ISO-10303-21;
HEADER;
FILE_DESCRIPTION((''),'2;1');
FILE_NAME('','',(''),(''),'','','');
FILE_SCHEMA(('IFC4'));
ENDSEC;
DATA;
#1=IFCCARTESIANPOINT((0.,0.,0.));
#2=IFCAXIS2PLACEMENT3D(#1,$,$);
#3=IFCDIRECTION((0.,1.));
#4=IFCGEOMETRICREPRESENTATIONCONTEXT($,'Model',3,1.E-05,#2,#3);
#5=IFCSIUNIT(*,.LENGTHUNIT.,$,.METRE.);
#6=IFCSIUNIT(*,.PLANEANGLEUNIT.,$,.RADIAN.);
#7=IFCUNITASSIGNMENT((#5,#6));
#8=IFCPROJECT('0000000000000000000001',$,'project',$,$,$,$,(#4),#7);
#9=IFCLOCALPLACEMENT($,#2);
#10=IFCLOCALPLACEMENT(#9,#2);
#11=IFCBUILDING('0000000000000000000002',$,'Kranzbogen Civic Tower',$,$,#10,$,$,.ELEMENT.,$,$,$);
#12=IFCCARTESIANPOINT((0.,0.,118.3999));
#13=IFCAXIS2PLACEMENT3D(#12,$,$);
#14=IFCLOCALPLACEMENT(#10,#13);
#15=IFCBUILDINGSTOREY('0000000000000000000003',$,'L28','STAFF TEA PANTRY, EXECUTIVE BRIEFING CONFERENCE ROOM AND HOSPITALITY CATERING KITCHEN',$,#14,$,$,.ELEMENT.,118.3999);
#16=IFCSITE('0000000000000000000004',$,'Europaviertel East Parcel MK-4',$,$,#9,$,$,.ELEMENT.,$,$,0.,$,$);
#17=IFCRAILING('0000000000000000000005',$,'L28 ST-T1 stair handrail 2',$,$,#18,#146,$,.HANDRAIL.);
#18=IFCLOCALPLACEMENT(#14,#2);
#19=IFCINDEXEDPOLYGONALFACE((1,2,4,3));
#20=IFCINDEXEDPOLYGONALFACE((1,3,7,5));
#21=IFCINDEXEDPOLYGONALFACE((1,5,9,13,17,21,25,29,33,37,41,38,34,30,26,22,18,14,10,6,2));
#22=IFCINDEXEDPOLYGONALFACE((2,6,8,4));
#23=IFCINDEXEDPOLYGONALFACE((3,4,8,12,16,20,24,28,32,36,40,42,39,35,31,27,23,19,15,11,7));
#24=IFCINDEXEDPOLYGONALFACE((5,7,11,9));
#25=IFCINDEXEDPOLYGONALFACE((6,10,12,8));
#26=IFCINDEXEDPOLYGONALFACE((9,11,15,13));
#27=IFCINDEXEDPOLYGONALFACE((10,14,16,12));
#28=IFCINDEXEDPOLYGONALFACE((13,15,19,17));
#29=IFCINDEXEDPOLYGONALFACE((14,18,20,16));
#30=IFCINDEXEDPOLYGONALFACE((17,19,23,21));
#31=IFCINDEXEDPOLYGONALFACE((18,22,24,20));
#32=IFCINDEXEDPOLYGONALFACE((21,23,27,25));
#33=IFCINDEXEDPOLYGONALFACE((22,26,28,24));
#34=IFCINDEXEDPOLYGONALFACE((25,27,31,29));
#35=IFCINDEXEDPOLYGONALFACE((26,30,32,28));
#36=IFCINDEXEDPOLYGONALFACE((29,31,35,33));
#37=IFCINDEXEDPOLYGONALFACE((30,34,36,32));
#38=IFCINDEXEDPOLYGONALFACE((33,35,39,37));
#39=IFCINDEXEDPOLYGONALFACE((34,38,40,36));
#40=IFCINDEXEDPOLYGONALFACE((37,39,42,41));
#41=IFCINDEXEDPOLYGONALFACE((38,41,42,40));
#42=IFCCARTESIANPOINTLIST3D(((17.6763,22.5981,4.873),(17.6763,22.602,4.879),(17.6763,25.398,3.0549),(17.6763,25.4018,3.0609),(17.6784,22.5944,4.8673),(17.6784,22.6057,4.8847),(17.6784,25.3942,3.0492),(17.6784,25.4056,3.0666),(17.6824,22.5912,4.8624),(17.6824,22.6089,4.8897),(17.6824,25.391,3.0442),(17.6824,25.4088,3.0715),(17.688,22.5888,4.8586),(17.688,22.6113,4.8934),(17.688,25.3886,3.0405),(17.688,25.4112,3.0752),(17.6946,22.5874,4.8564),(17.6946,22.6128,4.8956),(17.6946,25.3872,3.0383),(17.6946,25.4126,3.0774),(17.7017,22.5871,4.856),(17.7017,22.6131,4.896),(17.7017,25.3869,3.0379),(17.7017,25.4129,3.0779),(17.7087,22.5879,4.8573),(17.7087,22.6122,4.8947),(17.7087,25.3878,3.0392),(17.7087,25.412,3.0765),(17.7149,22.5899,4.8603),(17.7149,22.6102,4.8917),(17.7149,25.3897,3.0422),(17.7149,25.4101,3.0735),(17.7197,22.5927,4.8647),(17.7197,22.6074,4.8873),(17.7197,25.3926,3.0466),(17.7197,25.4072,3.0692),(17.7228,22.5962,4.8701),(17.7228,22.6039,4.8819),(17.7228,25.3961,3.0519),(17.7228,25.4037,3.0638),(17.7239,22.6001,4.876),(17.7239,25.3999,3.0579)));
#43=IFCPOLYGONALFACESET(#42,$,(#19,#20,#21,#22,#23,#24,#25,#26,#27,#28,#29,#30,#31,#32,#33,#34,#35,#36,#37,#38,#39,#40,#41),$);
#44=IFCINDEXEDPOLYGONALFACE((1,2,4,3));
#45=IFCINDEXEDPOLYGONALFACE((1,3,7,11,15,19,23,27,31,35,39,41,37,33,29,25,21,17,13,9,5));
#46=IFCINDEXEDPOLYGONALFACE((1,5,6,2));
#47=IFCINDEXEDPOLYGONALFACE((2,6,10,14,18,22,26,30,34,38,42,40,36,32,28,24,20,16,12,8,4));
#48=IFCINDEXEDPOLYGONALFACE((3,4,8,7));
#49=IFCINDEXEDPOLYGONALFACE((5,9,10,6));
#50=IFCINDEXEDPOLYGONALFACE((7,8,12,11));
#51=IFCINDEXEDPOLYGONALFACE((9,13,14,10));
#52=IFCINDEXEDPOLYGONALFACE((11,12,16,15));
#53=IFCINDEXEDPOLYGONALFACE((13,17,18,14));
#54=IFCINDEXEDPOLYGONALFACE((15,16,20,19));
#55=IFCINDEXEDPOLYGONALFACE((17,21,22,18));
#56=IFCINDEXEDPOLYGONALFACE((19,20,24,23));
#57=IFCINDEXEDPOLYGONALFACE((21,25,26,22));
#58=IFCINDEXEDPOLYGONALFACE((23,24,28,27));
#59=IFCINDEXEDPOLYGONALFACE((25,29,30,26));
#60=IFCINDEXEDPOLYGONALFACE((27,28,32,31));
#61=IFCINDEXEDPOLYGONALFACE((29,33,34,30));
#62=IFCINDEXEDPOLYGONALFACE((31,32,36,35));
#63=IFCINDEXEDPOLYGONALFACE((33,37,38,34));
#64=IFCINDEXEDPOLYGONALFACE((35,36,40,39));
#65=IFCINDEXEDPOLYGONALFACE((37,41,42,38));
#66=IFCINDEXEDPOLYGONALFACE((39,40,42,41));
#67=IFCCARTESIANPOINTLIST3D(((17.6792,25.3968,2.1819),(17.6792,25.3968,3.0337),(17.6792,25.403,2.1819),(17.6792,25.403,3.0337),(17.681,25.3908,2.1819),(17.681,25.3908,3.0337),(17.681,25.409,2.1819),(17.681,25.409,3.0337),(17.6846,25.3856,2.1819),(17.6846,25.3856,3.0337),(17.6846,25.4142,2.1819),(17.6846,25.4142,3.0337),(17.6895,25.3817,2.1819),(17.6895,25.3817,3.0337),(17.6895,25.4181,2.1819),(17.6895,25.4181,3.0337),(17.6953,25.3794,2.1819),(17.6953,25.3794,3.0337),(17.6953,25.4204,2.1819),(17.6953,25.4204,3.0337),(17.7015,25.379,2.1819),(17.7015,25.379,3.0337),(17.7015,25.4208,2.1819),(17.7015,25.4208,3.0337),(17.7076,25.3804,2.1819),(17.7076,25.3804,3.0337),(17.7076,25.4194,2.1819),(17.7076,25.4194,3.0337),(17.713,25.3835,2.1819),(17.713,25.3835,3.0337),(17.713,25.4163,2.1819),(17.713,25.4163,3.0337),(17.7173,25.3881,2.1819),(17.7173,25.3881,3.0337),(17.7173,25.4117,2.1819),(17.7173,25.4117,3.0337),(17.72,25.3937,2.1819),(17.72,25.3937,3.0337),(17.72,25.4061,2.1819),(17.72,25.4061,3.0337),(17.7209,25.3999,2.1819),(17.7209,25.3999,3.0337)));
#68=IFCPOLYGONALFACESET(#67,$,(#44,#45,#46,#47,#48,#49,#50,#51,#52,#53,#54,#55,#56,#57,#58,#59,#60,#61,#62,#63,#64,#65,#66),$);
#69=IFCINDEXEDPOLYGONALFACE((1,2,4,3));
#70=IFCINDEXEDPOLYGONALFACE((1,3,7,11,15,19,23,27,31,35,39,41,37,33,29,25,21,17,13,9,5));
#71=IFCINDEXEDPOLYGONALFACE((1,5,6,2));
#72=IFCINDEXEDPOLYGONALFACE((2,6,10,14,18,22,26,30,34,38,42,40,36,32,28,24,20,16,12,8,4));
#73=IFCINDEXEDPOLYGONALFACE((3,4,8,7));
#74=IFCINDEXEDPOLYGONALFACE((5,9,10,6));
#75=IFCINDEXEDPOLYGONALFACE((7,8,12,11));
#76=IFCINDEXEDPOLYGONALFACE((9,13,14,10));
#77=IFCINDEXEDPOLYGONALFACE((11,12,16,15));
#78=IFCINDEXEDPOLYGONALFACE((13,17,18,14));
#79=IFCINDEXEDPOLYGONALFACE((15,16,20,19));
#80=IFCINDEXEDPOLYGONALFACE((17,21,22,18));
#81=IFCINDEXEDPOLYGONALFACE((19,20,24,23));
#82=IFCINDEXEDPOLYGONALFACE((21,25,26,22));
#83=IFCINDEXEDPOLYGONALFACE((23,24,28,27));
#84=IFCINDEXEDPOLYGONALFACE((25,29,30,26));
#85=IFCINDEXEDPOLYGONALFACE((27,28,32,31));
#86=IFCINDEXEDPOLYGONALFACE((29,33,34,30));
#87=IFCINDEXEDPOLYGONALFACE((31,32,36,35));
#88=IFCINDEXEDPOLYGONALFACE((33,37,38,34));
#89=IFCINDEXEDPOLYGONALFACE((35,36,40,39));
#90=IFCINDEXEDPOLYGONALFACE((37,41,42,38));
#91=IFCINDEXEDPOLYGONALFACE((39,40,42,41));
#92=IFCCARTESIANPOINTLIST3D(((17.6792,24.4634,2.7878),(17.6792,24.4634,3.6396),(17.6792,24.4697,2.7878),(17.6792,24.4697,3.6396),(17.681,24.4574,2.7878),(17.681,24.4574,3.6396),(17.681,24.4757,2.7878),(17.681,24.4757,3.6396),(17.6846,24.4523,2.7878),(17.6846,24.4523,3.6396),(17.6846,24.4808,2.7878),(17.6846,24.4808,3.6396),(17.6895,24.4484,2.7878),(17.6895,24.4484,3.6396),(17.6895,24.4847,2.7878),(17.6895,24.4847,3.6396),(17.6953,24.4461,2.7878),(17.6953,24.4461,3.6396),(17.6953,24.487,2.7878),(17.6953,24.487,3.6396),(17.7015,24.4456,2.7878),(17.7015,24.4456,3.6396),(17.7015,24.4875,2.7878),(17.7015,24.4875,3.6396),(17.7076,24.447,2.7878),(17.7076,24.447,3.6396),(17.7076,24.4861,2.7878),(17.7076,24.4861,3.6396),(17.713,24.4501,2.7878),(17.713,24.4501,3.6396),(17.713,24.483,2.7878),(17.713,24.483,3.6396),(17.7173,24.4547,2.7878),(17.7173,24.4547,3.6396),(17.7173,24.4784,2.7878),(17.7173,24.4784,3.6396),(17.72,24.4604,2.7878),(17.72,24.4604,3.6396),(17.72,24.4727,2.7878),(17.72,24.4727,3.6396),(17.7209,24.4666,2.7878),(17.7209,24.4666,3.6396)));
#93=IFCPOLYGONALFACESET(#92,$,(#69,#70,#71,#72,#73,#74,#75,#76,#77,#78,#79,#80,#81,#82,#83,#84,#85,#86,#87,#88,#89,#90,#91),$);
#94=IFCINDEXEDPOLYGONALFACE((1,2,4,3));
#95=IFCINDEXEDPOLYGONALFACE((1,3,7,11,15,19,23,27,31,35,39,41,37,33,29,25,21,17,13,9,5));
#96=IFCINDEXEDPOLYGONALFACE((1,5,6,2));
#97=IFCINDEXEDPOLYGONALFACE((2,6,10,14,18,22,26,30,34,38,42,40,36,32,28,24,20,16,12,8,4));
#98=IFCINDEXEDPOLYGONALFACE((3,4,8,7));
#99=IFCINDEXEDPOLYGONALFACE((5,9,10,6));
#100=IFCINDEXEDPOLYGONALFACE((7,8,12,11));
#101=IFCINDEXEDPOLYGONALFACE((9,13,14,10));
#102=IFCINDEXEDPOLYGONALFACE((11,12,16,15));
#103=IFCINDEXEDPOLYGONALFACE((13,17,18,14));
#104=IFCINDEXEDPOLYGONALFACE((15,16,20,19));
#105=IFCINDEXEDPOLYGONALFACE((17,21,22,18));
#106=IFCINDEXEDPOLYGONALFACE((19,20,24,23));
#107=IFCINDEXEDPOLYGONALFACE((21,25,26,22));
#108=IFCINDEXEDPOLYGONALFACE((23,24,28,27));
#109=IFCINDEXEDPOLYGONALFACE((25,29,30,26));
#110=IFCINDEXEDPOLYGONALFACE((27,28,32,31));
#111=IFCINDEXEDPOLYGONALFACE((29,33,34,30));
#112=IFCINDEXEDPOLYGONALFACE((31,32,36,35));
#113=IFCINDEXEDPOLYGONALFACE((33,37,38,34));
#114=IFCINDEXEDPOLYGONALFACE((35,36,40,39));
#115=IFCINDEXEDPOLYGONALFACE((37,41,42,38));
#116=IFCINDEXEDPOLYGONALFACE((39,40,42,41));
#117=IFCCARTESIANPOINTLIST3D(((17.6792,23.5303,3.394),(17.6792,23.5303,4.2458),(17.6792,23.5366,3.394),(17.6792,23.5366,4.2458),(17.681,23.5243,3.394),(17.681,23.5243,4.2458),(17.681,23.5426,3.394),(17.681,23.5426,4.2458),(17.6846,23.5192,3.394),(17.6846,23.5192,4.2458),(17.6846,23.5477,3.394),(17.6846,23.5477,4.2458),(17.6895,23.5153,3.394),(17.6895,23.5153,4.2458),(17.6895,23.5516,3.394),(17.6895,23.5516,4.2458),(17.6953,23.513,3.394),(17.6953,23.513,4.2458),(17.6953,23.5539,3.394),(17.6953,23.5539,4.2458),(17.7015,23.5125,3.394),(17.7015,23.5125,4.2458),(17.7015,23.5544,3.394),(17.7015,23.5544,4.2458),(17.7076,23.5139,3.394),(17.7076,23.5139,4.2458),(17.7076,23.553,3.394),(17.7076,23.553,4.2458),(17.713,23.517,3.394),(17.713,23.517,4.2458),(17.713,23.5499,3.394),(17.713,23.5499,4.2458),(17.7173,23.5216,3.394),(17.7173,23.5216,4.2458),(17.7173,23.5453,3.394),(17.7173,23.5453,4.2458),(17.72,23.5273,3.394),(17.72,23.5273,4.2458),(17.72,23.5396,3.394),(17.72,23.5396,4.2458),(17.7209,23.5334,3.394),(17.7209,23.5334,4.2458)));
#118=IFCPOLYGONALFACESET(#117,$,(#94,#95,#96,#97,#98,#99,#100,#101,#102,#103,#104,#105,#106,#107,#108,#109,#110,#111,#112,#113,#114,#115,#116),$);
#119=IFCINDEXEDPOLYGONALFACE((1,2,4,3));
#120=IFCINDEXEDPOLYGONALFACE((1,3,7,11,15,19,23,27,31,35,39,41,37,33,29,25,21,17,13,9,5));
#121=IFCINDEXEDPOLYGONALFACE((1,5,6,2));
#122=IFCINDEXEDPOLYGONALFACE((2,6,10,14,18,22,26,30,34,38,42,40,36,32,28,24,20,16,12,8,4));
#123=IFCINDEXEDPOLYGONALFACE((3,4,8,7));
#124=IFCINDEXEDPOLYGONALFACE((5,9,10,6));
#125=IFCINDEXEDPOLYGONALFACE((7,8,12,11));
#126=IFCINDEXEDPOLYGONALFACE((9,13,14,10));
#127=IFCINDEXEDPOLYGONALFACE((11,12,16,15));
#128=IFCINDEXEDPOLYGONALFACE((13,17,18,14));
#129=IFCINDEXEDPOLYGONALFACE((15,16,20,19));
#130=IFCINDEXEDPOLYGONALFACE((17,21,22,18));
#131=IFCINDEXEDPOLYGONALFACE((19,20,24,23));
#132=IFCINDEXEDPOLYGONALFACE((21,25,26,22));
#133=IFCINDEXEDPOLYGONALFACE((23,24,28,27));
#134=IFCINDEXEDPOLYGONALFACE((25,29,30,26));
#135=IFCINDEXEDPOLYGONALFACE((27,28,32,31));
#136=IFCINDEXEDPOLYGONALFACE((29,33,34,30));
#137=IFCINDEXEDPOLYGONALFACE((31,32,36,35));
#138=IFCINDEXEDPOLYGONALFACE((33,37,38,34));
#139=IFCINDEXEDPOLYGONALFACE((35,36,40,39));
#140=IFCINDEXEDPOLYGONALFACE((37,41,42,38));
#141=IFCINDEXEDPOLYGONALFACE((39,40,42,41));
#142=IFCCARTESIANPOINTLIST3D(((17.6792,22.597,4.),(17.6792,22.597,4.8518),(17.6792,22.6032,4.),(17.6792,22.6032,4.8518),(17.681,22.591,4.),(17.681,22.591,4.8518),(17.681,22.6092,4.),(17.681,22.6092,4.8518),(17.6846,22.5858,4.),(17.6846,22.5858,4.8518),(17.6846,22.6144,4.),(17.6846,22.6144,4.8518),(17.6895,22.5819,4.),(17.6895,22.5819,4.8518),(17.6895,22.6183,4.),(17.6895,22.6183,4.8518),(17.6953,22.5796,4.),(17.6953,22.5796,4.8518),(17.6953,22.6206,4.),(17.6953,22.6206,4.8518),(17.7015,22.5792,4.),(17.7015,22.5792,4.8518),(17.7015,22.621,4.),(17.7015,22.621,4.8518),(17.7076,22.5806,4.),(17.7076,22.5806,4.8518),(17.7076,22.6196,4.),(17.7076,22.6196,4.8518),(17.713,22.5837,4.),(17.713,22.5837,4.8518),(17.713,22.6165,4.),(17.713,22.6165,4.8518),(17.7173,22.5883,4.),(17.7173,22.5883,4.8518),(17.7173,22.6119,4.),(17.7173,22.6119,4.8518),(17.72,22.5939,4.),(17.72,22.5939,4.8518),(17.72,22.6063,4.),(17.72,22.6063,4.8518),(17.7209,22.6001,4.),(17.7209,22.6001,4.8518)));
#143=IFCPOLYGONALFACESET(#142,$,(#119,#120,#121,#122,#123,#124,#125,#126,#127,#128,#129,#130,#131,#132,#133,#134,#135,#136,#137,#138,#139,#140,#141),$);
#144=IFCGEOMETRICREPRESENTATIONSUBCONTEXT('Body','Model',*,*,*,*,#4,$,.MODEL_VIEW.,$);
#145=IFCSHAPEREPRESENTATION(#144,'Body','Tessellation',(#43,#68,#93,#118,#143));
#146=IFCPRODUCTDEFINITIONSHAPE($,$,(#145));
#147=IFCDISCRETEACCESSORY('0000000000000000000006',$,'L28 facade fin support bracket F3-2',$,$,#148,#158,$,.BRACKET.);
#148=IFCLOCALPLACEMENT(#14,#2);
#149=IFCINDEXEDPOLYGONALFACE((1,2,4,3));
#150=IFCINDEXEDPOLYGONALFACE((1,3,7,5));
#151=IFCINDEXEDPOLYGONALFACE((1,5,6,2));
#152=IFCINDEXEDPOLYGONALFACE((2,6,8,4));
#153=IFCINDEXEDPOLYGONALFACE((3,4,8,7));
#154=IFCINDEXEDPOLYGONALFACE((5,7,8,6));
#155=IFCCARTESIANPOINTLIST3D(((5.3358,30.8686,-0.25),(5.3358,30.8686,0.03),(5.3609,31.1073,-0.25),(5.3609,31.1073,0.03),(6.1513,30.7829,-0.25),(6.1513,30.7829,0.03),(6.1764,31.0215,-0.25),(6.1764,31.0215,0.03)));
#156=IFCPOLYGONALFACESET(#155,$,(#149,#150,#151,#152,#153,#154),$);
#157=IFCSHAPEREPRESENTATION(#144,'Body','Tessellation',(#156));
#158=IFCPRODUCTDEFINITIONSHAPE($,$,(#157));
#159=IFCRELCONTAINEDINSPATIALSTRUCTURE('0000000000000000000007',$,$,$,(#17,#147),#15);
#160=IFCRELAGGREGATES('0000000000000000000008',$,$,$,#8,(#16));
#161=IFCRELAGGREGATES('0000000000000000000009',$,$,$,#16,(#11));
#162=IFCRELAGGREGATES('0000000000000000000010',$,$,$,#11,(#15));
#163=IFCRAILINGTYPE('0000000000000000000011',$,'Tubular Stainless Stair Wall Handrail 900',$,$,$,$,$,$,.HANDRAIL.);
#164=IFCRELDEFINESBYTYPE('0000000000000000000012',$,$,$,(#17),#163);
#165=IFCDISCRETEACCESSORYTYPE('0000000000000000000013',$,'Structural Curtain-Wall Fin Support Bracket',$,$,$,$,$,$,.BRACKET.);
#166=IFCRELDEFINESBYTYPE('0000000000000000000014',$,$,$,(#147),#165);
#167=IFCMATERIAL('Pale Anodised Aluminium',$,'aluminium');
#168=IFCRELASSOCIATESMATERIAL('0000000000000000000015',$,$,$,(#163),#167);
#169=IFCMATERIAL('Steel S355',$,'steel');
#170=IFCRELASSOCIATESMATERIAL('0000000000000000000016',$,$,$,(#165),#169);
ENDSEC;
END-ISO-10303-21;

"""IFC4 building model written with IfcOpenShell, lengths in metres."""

from ifc_helpers import new_model, si_unit, direction, frame, origin, origin_2d, place, context, subcontext, project, spatial, rectangle, circle, extrude, material, type_object, element, save


model = new_model("IFC4")

# Units and contexts
model_context = context("Model", 3, precision=1e-05, world=origin(), true_north=direction((0.0, 1.0)))
body_context = subcontext(model_context, "Body", "Model", "MODEL_VIEW")
ifc_project = project(units=[si_unit("LENGTHUNIT", "METRE"), si_unit("PLANEANGLEUNIT", "RADIAN")], contexts=[model_context])

# Site, building, storey
site_placement = place(None, origin())
site = spatial("IfcSite", under=ifc_project, at=site_placement, Name="Europaviertel East Parcel MK-4", CompositionType="ELEMENT", RefElevation=0.0)
building_placement = place(site_placement, origin())
building = spatial("IfcBuilding", under=site, at=building_placement, Name="Kranzbogen Civic Tower", CompositionType="ELEMENT")
storey_placement = place(building_placement, frame((0.0, 0.0, 118.3999)))
storey = spatial("IfcBuildingStorey", under=building, at=storey_placement, Name="L28", Description="STAFF TEA PANTRY, EXECUTIVE BRIEFING CONFERENCE ROOM AND HOSPITALITY CATERING KITCHEN", CompositionType="ELEMENT", Elevation=118.3999)

# Shared definitions
ifc_material_1 = material(Name="Pale Anodised Aluminium", Category="aluminium")

# Shared definitions
ifc_material_2 = material(Name="Steel S355", Category="steel")

# Railing
railing_type_1 = type_object("IfcRailingType", Name="Tubular Stainless Stair Wall Handrail 900", PredefinedType="HANDRAIL", material=ifc_material_1)
railing_1_placement = place(storey_placement, frame((17.7, 25.3999, 2.1819)))
element("IfcRailing", 1, at=railing_1_placement, inside=storey, type_object=railing_type_1, Name="L28 ST-T1 stair handrail 2", PredefinedType="HANDRAIL", context=body_context, shape_type="SweptSolid", body=[
    extrude(circle(Radius=0.0239, at=origin_2d()), frame((0.0, 0.0, 0.876), z_axis=(0.0, -0.838684, 0.544618), x_axis=(1.0, 0.0, 0.0)), (0.0, 0.0, 1.0), 3.3384),
    extrude(circle(Radius=0.021, at=origin_2d()), origin(), (0.0, 0.0, 1.0), 0.8518),
    extrude(circle(Radius=0.021, at=origin_2d()), frame((0.0, -0.9333, 0.606)), (0.0, 0.0, 1.0), 0.8518),
    extrude(circle(Radius=0.021, at=origin_2d()), frame((0.0, -1.8665, 1.2122)), (0.0, 0.0, 1.0), 0.8518),
    extrude(circle(Radius=0.021, at=origin_2d()), frame((0.0, -2.7998, 1.8181)), (0.0, 0.0, 1.0), 0.8518),
])

# Discrete accessory
discrete_accessory_type = type_object("IfcDiscreteAccessoryType", Name="Structural Curtain-Wall Fin Support Bracket", PredefinedType="BRACKET", material=ifc_material_2)
discrete_accessory_placement = place(storey_placement, frame((5.7561, 30.9451, -0.25), z_axis=(0.0, 0.0, 1.0), x_axis=(-0.994522, 0.104528, 0.0)))
element("IfcDiscreteAccessory", 2, at=discrete_accessory_placement, inside=storey, type_object=discrete_accessory_type, Name="L28 facade fin support bracket F3-2", PredefinedType="BRACKET", context=body_context, shape_type="SweptSolid", body=[
    extrude(rectangle(XDim=0.8201, YDim=0.24, at=origin_2d()), origin(), (0.0, 0.0, 1.0), 0.28),
])

save(model, "model.ifc")
